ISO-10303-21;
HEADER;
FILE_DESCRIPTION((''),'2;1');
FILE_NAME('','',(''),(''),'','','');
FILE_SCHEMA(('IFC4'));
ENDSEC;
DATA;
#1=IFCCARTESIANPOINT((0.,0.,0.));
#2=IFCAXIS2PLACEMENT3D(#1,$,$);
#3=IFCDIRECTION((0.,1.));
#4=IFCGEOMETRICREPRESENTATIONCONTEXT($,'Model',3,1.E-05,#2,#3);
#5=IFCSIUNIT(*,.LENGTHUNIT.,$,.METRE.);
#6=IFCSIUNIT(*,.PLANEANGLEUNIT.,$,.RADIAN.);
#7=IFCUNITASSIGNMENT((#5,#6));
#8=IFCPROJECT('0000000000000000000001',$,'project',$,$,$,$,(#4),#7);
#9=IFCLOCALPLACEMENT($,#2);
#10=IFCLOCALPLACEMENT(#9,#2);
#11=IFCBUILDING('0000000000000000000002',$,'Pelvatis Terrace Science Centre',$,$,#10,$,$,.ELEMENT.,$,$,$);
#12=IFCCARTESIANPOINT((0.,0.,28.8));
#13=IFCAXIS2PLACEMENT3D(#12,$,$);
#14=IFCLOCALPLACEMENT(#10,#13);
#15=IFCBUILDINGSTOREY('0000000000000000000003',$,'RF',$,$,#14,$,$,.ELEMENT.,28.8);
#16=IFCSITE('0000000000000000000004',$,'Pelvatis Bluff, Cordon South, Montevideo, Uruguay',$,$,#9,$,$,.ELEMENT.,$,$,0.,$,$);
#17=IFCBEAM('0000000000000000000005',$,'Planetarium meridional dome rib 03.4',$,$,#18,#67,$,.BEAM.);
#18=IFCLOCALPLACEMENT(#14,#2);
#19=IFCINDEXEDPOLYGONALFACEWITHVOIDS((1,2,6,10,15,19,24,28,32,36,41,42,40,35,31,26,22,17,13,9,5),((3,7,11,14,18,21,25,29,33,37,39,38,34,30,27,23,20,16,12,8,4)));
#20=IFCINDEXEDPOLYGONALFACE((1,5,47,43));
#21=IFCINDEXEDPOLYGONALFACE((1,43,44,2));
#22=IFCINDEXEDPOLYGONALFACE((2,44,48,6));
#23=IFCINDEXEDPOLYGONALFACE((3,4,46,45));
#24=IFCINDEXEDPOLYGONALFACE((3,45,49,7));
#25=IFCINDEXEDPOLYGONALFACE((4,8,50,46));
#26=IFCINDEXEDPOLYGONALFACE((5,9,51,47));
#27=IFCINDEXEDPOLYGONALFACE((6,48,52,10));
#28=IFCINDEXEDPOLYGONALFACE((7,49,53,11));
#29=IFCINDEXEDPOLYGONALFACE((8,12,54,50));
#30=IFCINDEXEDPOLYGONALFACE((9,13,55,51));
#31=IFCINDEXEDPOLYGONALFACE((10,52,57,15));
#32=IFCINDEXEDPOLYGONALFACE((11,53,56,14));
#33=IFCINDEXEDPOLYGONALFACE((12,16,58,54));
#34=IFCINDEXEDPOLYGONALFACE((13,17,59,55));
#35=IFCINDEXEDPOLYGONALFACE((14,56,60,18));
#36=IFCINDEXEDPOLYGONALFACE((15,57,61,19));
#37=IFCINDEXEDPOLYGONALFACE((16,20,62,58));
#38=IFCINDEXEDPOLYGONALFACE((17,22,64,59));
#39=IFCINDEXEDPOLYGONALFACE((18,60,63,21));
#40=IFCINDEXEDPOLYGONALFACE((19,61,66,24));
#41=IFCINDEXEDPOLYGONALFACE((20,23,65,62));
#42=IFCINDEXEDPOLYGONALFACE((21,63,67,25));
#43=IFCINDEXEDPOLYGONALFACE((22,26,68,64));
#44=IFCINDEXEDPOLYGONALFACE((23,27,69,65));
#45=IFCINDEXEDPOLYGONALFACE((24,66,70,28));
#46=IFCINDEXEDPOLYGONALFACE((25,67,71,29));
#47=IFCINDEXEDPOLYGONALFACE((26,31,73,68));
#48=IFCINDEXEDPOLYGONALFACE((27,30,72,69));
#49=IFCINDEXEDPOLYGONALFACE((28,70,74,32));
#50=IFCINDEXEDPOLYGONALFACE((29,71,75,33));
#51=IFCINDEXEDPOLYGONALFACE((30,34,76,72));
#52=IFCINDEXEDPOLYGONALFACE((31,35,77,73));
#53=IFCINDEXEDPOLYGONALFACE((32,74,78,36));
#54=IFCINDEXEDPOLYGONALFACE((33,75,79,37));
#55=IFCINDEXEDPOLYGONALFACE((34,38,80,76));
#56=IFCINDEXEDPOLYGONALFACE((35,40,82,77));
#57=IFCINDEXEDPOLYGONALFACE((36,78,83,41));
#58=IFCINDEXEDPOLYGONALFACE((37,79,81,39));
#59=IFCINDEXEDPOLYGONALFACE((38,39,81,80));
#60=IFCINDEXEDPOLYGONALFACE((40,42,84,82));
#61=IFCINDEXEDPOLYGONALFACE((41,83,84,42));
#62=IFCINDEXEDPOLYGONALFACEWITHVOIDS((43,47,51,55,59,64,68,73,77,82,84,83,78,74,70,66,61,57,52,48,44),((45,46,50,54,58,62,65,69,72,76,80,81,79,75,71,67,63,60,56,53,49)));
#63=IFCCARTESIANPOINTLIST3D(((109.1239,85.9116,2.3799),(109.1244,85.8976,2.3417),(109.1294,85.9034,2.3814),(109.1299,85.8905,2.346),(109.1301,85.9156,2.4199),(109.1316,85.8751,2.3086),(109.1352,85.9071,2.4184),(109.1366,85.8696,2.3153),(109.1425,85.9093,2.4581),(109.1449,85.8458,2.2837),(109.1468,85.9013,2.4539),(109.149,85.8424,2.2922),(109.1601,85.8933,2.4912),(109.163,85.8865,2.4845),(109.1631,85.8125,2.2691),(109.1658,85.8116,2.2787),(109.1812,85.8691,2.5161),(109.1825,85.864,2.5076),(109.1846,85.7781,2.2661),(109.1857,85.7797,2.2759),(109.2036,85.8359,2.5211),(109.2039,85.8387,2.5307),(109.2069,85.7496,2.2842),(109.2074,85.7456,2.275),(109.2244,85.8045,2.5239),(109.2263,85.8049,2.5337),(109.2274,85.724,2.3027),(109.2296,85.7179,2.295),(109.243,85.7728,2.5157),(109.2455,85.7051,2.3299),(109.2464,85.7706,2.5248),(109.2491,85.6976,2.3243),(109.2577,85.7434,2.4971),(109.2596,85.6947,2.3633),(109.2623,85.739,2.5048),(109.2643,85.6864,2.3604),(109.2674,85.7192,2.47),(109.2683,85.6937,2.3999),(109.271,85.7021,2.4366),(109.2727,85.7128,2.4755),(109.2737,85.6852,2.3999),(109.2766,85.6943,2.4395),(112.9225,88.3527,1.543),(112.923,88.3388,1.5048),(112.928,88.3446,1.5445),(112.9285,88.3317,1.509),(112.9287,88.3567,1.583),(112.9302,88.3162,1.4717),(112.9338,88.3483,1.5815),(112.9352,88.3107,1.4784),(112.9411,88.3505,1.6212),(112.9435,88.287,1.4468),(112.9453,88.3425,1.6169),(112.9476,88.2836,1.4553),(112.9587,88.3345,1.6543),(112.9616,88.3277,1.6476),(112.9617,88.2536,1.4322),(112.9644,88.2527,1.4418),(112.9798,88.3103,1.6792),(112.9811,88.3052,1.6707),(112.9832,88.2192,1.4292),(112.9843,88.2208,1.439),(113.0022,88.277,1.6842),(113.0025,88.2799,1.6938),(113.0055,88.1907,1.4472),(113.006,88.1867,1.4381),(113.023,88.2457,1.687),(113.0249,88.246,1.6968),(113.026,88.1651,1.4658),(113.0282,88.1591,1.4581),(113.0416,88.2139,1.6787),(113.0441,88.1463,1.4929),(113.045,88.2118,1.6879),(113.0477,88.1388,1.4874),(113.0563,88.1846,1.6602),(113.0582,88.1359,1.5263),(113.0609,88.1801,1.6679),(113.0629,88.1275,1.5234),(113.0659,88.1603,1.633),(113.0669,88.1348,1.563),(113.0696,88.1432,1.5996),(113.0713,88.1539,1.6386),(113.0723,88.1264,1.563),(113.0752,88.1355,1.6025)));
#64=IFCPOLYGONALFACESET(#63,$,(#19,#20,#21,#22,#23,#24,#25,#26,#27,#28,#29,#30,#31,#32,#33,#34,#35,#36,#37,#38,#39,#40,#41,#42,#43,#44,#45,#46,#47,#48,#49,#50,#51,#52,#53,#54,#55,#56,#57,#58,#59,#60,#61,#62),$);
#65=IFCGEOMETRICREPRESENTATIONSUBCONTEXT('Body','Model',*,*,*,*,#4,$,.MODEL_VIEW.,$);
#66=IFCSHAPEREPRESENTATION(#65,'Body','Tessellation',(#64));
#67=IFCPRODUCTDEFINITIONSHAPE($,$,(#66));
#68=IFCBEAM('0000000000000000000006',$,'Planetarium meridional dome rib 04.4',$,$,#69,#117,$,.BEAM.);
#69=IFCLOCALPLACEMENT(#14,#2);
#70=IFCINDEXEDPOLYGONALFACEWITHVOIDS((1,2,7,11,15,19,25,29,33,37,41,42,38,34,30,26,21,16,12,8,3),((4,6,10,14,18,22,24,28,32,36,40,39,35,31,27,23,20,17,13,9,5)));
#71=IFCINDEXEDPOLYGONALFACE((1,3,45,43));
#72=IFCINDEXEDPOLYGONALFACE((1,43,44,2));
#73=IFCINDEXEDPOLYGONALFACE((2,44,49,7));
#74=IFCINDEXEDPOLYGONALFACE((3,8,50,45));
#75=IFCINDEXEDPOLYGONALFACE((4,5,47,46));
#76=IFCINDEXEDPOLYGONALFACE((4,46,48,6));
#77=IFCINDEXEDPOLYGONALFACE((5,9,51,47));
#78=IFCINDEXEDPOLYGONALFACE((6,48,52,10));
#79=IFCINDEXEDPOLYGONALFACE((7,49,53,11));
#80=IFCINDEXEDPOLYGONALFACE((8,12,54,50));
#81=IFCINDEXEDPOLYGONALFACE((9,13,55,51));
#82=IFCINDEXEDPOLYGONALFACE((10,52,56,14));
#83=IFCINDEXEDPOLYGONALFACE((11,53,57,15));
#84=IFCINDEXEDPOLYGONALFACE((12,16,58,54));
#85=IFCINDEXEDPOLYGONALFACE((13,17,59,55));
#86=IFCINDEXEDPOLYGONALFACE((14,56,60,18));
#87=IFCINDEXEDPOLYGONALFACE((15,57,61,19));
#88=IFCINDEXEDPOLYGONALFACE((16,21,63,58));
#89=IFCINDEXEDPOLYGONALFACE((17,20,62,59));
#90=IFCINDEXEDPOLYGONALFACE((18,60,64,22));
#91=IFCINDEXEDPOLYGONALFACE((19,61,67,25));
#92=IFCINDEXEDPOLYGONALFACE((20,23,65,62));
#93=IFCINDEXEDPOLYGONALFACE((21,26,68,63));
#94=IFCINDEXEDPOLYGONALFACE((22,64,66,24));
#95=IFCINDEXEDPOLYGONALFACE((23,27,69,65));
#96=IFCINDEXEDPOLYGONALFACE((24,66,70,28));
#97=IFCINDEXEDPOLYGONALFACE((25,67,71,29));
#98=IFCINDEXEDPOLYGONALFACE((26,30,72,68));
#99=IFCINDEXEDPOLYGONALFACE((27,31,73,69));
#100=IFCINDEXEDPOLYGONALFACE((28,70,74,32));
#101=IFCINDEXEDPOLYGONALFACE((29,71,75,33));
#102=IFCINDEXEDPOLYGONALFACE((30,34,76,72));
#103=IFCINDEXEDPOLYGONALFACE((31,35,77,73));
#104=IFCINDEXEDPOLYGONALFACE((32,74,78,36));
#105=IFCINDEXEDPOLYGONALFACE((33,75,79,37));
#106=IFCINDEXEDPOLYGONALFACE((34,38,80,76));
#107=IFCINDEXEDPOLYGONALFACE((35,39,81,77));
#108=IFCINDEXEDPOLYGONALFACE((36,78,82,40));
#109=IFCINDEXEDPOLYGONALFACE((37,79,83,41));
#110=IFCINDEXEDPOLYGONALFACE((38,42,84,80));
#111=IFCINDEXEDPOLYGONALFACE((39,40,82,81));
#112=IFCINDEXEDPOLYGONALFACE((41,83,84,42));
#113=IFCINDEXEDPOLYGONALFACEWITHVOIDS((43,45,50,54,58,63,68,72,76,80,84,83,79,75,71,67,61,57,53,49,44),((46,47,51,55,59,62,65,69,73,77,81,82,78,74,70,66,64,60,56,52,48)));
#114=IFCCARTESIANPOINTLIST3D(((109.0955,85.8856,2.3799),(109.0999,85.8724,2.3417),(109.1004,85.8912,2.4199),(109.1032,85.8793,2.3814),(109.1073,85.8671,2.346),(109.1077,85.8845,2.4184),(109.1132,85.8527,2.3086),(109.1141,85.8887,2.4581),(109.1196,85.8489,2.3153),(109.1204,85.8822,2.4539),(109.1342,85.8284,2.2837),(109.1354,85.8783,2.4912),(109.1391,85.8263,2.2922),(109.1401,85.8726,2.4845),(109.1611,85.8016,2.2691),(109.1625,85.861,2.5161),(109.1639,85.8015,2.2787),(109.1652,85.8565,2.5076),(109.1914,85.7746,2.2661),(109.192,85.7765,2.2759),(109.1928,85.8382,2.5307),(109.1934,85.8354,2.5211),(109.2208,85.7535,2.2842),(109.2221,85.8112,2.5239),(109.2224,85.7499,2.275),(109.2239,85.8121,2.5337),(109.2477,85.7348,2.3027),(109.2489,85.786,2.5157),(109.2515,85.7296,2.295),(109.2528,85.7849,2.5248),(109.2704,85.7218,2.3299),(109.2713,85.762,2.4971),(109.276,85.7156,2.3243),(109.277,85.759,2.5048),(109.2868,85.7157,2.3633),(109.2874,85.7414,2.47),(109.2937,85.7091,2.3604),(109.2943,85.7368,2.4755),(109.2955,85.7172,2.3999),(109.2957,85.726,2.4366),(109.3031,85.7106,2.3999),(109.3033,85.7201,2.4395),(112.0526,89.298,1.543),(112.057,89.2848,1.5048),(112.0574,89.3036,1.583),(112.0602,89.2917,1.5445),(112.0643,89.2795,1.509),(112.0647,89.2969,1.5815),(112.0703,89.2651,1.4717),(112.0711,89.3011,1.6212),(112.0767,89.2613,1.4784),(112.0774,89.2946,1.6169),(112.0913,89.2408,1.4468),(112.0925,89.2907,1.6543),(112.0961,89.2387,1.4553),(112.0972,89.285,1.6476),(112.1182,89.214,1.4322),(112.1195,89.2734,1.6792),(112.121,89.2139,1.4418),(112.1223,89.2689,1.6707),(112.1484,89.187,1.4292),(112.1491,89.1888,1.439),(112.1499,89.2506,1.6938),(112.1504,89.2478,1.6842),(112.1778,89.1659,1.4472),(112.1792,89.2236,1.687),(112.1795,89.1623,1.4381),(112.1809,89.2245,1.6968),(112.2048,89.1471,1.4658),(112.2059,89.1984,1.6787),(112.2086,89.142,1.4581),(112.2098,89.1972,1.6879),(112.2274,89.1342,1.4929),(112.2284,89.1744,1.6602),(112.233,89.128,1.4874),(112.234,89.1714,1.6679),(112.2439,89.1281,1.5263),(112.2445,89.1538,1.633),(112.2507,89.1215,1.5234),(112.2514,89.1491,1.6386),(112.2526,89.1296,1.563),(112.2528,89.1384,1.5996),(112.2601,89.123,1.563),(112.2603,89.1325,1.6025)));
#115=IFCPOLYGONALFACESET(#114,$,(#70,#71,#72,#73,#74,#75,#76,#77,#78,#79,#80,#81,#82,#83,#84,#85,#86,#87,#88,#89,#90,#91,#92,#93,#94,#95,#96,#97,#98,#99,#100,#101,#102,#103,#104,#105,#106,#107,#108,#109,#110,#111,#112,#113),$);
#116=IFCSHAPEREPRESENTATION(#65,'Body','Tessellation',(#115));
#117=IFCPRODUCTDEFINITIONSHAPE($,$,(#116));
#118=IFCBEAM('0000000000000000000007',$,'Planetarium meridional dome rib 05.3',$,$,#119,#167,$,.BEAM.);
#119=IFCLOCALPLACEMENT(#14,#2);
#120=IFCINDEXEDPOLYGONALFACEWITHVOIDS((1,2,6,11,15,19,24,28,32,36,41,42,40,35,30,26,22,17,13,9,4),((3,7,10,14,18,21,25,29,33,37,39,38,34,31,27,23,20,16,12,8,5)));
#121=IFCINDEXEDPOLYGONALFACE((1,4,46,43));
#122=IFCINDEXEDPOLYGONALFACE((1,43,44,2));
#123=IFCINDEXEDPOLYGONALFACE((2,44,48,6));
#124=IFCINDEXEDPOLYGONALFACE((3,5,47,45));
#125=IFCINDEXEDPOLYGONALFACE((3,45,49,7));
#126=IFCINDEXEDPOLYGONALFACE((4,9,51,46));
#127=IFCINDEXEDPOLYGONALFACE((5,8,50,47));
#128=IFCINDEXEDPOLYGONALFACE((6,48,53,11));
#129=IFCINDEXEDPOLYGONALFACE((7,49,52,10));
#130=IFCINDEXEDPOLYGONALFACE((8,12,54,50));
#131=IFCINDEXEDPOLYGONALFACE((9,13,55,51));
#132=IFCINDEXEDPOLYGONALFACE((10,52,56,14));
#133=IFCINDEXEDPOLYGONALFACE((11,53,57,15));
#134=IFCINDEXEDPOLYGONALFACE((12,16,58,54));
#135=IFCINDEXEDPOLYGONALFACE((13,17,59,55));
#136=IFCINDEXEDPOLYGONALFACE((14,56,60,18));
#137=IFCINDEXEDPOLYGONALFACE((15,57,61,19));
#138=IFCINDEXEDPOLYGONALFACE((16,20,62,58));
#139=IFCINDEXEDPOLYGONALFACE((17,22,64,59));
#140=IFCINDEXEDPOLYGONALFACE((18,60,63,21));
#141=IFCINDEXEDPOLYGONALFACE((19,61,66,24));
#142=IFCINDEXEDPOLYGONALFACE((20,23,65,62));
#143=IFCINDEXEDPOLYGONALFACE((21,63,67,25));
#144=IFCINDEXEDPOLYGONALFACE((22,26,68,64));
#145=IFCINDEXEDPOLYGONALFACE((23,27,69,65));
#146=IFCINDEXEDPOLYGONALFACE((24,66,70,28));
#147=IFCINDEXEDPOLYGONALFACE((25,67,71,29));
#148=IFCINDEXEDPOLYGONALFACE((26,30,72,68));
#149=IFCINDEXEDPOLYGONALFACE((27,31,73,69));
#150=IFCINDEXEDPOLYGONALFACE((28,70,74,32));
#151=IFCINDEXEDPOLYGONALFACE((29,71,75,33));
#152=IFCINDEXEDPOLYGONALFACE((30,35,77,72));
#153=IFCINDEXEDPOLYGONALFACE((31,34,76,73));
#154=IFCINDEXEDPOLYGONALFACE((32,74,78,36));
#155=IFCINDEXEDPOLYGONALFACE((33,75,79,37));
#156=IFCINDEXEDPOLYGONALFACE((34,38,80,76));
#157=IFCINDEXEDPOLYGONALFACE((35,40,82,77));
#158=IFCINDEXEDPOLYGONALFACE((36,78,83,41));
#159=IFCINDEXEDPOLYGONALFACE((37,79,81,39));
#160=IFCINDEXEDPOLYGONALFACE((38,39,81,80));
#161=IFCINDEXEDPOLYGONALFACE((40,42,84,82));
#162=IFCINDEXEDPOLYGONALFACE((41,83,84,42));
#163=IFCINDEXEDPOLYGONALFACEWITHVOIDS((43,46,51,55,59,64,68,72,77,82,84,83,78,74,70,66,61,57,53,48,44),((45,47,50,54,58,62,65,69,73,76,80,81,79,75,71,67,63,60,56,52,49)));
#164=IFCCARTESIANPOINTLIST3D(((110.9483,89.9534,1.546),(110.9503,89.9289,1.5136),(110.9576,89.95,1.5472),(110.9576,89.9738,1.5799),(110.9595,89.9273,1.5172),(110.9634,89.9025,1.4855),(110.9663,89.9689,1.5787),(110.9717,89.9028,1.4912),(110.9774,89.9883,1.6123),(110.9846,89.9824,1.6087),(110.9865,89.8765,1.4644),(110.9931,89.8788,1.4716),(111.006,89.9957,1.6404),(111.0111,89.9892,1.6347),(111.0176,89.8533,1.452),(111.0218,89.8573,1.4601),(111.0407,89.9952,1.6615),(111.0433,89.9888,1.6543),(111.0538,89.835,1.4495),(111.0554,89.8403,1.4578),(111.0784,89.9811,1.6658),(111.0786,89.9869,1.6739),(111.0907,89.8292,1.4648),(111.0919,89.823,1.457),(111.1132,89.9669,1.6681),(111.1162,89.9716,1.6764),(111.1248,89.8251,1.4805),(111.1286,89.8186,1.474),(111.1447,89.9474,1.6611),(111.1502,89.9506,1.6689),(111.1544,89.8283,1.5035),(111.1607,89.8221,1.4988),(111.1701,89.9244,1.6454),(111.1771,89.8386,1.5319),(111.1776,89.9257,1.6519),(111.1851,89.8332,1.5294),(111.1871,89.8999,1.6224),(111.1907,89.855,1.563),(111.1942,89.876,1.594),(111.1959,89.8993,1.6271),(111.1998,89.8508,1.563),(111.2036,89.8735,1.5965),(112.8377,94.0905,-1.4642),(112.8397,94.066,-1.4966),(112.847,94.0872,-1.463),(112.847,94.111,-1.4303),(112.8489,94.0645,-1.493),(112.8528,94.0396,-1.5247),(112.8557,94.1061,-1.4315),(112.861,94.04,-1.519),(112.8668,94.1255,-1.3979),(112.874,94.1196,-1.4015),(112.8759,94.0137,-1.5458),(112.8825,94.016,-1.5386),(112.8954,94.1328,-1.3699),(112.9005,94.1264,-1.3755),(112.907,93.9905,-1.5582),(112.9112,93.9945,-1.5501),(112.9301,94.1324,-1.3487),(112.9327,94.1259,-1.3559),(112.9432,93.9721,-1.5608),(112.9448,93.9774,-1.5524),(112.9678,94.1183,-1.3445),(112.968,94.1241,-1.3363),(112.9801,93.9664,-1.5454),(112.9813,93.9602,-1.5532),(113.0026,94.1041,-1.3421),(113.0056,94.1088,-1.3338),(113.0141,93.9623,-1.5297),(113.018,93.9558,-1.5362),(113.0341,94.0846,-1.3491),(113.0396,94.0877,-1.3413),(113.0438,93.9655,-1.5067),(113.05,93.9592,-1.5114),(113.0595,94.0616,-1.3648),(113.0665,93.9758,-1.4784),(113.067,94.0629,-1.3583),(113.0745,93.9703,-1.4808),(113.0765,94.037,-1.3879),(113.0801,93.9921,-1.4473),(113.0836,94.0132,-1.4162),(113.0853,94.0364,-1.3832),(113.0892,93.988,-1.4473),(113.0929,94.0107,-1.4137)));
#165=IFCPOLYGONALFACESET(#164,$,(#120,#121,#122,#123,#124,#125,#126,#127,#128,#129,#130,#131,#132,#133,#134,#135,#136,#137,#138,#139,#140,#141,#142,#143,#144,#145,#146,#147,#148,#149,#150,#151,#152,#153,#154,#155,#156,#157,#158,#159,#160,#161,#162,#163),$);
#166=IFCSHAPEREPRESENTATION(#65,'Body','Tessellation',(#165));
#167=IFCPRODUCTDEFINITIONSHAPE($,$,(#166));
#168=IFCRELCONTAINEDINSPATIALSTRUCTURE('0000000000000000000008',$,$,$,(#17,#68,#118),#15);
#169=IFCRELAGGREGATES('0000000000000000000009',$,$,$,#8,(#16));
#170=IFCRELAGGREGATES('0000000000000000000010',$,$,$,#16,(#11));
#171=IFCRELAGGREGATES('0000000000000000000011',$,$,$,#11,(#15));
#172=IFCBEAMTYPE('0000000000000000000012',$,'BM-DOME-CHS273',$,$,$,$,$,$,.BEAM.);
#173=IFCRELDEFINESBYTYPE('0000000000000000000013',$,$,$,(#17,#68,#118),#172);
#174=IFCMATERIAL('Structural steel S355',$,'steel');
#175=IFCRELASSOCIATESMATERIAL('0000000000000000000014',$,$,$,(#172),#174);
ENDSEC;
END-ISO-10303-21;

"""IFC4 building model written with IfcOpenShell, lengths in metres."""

from ifc_helpers import new_model, si_unit, direction, frame, origin, origin_2d, place, context, subcontext, project, spatial, hollow_circle, extrude, material, material_profile, profile_set, type_object, element, save


model = new_model("IFC4")

# Units and contexts
model_context = context("Model", 3, precision=1e-05, world=origin(), true_north=direction((0.0, 1.0)))
body_context = subcontext(model_context, "Body", "Model", "MODEL_VIEW")
ifc_project = project(units=[si_unit("LENGTHUNIT", "METRE"), si_unit("PLANEANGLEUNIT", "RADIAN")], contexts=[model_context])

# Site, building, storey
site_placement = place(None, origin())
site = spatial("IfcSite", under=ifc_project, at=site_placement, Name="Pelvatis Bluff, Cordon South, Montevideo, Uruguay", CompositionType="ELEMENT", RefElevation=0.0)
building_placement = place(site_placement, origin())
building = spatial("IfcBuilding", under=site, at=building_placement, Name="Pelvatis Terrace Science Centre", CompositionType="ELEMENT")
storey_placement = place(building_placement, frame((0.0, 0.0, 28.8)))
storey = spatial("IfcBuildingStorey", under=building, at=storey_placement, Name="RF", CompositionType="ELEMENT", Elevation=28.8)

# Beams
ifc_material_1 = material(Name="Structural steel S355", Category="steel")
ifc_material_profile_1 = material_profile(ifc_material_1, hollow_circle(Radius=0.1365, WallThickness=0.01, at=origin_2d()), Name="CHS 273.0x10.0")
ifc_profile_set_1 = profile_set([ifc_material_profile_1], Name="Structural steel S355")
beam_type_1 = type_object("IfcBeamType", Name="BM-DOME-CHS273", PredefinedType="BEAM", material=ifc_profile_set_1)
for number, where, z_axis, x_axis, name in (
    (1, (112.9985, 88.2412, 1.563), (-0.827169, -0.531581, 0.182244), (0.540635, -0.841258, 0.0), "Planetarium meridional dome rib 03.4"),
    (2, (112.157, 89.2124, 1.563), (-0.64392, -0.74307, 0.182246), (0.755727, -0.654887, 0.0), "Planetarium meridional dome rib 04.4"),
):
    element("IfcBeam", number, at=place(storey_placement, frame(where, z_axis=z_axis, x_axis=x_axis)), inside=storey, type_object=beam_type_1, Name=name, PredefinedType="BEAM", context=body_context, shape_type="SweptSolid", body=[
        extrude(hollow_circle(Radius=0.1365, WallThickness=0.01, at=origin_2d()), origin(), (0.0, 0.0, 1.0), 4.5923),
    ])
beam_1_placement = place(storey_placement, frame((112.9651, 94.0447, -1.4473), z_axis=(-0.346415, -0.75854, 0.551918), x_axis=(0.909632, -0.415416, 0.0)))
element("IfcBeam", 3, at=beam_1_placement, inside=storey, type_object=beam_type_1, Name="Planetarium meridional dome rib 05.3", PredefinedType="BEAM", context=body_context, shape_type="SweptSolid", body=[
    extrude(hollow_circle(Radius=0.1365, WallThickness=0.01, at=origin_2d()), origin(), (0.0, 0.0, 1.0), 5.4541),
])

save(model, "model.ifc")
